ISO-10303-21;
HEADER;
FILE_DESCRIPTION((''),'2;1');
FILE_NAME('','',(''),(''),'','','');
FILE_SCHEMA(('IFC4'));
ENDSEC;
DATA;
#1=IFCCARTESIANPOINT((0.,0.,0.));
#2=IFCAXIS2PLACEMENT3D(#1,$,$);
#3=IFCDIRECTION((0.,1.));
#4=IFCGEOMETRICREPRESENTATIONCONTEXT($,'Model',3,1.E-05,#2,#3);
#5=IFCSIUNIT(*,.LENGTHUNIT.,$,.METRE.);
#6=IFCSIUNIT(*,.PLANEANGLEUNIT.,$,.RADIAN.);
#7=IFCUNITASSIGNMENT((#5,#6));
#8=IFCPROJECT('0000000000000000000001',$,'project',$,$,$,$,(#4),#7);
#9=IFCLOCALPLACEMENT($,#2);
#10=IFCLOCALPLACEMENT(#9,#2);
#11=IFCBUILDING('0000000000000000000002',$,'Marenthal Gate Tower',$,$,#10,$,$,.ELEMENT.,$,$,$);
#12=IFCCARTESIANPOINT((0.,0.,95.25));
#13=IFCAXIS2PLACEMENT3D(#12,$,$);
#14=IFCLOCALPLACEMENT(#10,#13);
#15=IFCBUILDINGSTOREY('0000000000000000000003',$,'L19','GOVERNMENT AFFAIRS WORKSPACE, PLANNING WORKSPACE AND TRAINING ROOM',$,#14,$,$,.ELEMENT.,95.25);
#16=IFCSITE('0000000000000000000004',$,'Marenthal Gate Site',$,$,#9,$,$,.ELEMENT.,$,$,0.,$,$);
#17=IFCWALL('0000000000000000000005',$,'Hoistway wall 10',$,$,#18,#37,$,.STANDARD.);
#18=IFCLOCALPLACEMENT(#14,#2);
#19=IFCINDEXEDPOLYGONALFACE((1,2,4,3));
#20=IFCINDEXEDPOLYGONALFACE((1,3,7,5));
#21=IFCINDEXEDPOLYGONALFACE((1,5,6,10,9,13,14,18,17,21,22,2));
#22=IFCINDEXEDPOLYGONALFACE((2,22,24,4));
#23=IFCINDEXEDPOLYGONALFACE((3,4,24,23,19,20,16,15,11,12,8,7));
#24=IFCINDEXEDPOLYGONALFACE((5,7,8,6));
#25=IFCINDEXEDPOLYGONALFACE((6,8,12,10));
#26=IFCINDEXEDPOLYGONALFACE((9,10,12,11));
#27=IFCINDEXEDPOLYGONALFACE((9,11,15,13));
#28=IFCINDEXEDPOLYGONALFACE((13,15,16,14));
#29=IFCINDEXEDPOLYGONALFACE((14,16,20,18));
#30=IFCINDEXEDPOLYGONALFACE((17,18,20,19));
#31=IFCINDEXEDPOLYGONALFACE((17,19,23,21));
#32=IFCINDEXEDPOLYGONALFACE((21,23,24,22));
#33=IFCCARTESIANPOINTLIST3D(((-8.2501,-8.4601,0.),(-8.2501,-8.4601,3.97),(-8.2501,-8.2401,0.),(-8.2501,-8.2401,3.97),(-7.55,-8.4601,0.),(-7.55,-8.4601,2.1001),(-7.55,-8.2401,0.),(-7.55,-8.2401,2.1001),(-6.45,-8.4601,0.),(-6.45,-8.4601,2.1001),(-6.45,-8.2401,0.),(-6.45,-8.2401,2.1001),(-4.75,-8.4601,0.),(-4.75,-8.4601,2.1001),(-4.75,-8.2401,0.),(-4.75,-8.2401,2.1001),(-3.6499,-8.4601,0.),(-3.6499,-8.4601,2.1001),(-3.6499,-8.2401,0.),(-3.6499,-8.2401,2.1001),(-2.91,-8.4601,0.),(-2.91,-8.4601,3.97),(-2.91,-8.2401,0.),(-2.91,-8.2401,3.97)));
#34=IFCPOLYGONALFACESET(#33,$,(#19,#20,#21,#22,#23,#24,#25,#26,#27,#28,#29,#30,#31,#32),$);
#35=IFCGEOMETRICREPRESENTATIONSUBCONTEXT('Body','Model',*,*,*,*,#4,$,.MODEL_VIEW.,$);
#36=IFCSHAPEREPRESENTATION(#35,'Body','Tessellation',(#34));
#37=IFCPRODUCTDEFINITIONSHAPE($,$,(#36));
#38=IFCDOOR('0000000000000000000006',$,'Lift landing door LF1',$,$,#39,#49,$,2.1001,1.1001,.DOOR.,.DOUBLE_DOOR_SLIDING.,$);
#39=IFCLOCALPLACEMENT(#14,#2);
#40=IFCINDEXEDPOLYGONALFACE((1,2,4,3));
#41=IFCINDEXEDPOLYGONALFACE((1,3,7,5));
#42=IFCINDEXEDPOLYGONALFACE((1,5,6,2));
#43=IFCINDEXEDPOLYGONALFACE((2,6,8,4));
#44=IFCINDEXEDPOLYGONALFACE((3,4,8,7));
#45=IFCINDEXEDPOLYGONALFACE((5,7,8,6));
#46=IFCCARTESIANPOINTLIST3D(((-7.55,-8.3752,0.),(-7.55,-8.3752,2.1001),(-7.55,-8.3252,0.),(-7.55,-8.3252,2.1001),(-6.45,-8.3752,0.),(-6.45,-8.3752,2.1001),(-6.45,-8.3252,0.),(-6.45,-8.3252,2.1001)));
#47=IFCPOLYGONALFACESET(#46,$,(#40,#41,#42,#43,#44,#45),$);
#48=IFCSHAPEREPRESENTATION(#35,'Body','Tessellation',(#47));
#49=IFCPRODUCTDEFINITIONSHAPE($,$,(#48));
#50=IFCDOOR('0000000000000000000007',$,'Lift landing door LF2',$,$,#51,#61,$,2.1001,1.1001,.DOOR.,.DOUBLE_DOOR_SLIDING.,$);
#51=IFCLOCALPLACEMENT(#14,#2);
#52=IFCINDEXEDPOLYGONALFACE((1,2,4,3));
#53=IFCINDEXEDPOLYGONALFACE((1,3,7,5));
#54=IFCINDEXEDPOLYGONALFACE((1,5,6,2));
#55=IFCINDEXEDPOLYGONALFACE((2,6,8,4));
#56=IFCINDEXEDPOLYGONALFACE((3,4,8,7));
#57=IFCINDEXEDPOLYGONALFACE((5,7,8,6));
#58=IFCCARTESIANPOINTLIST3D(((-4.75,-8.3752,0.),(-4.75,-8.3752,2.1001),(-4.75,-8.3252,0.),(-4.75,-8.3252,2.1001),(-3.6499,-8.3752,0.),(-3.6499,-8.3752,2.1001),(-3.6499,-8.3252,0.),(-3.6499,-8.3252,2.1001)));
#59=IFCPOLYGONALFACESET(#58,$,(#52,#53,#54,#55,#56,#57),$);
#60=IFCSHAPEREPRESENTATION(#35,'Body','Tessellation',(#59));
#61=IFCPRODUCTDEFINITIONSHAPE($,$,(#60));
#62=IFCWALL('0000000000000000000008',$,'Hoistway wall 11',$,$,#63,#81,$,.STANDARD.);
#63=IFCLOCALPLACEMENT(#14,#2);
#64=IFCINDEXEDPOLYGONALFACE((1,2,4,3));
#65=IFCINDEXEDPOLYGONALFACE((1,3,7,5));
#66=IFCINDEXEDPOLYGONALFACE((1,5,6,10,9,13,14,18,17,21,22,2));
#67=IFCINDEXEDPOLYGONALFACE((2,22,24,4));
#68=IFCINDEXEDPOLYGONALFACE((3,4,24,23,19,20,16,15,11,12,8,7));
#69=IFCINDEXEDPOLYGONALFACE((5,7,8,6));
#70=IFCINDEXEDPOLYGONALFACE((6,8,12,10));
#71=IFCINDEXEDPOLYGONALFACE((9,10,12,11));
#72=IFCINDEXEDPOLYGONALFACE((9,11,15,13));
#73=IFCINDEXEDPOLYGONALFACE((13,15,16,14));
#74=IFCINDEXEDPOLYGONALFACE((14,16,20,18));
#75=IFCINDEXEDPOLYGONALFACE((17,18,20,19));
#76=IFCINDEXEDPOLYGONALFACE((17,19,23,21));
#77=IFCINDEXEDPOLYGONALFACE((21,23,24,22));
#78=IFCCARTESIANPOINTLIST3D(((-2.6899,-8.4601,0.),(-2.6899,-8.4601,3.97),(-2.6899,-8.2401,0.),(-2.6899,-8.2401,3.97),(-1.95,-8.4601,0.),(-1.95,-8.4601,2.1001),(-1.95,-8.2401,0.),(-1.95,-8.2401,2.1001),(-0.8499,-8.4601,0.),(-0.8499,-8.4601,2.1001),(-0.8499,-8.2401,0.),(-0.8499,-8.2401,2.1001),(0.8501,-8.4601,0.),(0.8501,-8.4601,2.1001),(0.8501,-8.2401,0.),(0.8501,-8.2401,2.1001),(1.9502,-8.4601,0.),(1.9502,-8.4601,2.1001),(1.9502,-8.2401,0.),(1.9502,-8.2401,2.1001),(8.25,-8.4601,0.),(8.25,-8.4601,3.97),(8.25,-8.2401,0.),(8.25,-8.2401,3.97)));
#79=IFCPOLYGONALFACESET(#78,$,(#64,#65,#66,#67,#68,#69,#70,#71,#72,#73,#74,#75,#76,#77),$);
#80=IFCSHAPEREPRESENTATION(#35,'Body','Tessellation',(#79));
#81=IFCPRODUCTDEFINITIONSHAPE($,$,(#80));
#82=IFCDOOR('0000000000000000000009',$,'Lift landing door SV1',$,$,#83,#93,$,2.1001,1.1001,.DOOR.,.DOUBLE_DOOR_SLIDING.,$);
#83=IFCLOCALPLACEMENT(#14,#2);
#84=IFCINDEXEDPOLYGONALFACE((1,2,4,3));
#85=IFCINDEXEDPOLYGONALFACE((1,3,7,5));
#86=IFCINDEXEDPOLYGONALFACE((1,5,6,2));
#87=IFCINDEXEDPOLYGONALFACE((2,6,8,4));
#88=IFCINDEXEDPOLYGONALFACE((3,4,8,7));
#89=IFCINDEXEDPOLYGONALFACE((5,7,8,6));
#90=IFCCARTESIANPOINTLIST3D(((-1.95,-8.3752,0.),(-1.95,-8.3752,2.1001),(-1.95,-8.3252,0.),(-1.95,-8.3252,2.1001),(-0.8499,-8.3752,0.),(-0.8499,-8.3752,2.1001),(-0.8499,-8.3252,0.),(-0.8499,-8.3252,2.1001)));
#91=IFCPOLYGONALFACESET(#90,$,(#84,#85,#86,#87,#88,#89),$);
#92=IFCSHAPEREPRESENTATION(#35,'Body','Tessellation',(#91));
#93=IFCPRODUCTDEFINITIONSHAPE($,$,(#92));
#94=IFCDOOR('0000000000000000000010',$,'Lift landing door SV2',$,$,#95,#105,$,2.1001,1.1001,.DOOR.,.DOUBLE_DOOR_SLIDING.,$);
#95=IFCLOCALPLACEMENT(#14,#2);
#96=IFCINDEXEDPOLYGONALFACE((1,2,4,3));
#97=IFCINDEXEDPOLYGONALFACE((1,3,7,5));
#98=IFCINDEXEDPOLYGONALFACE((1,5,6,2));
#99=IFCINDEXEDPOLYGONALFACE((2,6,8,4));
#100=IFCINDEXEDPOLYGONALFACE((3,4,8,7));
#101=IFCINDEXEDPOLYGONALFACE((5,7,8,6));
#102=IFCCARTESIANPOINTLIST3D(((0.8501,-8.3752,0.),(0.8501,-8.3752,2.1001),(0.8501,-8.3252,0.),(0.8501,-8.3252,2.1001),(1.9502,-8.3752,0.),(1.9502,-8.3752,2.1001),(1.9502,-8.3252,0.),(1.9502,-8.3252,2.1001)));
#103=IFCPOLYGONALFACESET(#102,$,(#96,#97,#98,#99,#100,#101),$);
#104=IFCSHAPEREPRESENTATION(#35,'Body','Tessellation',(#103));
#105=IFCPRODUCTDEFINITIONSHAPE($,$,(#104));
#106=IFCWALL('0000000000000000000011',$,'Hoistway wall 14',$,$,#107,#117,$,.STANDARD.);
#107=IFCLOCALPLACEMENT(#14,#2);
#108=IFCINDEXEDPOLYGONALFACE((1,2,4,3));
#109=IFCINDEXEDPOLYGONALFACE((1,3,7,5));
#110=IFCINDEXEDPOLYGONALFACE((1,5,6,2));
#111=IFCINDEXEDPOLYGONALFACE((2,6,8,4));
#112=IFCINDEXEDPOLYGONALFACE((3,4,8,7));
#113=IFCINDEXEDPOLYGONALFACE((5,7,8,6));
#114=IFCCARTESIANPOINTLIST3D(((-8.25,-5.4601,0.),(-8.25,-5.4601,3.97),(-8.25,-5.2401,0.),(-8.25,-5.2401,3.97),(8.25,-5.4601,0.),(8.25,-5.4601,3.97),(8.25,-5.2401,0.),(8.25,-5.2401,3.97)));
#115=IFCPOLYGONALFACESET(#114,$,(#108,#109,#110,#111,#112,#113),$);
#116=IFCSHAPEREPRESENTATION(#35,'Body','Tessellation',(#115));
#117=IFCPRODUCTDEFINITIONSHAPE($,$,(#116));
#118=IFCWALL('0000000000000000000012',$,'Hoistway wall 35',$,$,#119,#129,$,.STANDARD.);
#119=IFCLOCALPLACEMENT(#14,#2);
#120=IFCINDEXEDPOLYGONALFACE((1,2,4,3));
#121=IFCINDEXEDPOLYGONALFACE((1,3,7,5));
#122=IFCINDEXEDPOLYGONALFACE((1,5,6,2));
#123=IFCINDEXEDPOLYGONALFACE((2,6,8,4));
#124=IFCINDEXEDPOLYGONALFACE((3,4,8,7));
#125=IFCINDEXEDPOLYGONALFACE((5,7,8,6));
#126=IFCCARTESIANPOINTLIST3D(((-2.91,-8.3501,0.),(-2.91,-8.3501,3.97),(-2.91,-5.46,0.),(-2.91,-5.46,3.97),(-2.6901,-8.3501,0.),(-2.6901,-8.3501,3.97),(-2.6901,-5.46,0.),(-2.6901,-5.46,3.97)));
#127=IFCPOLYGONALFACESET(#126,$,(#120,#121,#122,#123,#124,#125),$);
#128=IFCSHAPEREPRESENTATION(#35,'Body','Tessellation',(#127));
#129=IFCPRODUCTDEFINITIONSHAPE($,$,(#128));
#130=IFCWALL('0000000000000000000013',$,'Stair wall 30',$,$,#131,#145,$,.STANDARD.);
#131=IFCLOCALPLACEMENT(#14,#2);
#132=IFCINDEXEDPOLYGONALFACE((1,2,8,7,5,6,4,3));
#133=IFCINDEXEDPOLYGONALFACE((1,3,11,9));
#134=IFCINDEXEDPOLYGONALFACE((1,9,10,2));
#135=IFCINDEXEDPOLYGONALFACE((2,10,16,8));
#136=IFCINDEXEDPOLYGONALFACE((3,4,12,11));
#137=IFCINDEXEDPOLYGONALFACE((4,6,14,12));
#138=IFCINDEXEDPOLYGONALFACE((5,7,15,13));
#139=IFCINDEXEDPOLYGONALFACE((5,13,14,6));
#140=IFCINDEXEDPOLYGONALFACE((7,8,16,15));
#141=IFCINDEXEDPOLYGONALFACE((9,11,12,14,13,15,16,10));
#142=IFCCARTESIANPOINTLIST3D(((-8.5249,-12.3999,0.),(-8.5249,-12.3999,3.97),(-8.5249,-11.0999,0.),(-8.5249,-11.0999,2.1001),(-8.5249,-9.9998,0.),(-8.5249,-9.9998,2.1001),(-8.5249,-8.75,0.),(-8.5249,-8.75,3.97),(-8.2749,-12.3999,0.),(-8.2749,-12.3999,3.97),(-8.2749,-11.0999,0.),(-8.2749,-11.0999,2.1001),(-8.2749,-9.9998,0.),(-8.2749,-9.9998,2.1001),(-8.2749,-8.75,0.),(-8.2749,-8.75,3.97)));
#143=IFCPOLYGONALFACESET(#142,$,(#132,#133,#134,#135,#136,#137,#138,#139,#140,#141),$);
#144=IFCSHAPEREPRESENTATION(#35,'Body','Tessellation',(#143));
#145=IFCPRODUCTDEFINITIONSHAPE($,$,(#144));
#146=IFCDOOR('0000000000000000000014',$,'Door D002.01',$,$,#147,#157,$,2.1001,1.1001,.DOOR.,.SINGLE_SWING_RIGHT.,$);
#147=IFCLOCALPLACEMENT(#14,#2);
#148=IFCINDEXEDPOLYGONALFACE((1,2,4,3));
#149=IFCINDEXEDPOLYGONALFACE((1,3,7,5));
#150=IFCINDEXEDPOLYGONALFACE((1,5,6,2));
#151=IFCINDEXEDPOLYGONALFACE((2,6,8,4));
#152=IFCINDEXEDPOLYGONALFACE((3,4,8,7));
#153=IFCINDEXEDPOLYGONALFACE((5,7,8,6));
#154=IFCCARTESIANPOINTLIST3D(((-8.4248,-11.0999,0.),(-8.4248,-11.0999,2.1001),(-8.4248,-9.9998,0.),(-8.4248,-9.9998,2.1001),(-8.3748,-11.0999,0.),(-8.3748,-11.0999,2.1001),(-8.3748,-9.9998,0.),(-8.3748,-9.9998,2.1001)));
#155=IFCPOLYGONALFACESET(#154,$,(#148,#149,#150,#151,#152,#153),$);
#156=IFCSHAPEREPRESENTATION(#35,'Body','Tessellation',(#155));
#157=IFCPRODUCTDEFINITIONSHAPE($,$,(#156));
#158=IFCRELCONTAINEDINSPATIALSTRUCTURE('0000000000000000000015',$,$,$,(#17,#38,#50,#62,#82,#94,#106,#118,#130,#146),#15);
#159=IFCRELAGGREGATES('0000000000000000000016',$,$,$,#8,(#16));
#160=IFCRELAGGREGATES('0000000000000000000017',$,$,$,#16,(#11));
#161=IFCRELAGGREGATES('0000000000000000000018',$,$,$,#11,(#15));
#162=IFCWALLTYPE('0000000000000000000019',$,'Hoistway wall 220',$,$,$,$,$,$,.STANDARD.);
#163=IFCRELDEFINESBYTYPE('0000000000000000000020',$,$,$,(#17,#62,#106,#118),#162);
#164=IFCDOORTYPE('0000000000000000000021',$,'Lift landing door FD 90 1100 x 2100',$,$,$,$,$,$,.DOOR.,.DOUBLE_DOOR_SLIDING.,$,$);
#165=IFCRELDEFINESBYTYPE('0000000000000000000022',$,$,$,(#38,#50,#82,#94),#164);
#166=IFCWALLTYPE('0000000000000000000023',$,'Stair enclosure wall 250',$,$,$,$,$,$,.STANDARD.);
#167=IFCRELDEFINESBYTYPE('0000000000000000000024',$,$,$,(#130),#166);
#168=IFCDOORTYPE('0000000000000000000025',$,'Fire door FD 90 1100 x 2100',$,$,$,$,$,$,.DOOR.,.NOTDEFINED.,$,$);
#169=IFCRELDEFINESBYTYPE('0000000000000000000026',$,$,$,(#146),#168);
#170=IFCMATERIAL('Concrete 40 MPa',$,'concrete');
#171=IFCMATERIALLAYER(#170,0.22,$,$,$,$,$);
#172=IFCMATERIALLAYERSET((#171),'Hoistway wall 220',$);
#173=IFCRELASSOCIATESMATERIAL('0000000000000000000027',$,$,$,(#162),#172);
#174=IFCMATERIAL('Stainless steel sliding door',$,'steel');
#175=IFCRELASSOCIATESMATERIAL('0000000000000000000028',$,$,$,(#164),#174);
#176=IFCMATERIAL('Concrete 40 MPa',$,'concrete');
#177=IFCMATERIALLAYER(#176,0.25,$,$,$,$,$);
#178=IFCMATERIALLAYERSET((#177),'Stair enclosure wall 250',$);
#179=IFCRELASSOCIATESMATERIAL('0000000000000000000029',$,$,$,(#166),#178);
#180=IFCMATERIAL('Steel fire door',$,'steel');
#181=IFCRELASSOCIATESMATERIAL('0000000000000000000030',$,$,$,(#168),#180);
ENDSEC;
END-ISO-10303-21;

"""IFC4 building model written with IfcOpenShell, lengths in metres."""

from ifc_helpers import new_model, si_unit, direction, frame, frame_2d, origin, place, context, subcontext, project, spatial, rectangle, extrude, material, layer, layer_set, type_object, element, fill, save


model = new_model("IFC4")

# Units and contexts
model_context = context("Model", 3, precision=1e-05, world=origin(), true_north=direction((0.0, 1.0)))
body_context = subcontext(model_context, "Body", "Model", "MODEL_VIEW")
ifc_project = project(units=[si_unit("LENGTHUNIT", "METRE"), si_unit("PLANEANGLEUNIT", "RADIAN")], contexts=[model_context])

# Site, building, storey
site_placement = place(None, origin())
site = spatial("IfcSite", under=ifc_project, at=site_placement, Name="Marenthal Gate Site", CompositionType="ELEMENT", RefElevation=0.0)
building_placement = place(site_placement, origin())
building = spatial("IfcBuilding", under=site, at=building_placement, Name="Marenthal Gate Tower", CompositionType="ELEMENT")
storey_placement = place(building_placement, frame((0.0, 0.0, 95.25)))
storey = spatial("IfcBuildingStorey", under=building, at=storey_placement, Name="L19", Description="GOVERNMENT AFFAIRS WORKSPACE, PLANNING WORKSPACE AND TRAINING ROOM", CompositionType="ELEMENT", Elevation=95.25)

# Walls, openings, doors
ifc_material_1 = material(Name="Concrete 40 MPa", Category="concrete")
ifc_layer_1 = layer(ifc_material_1, 0.22)
ifc_layer_set_1 = layer_set([ifc_layer_1], Name="Hoistway wall 220")
wall_type_1 = type_object("IfcWallType", Name="Hoistway wall 220", PredefinedType="STANDARD", material=ifc_layer_set_1)
wall_1_placement = place(storey_placement, frame((-8.25, -8.3501, 0.0), z_axis=(0.0, 0.0, 1.0), x_axis=(1.0, 0.0, 0.0)))
wall_1 = element("IfcWall", 1, at=wall_1_placement, inside=storey, type_object=wall_type_1, Name="Hoistway wall 10", PredefinedType="STANDARD", context=body_context, shape_type="SweptSolid", body=[
    extrude(rectangle(XDim=5.3401, YDim=0.22, at=frame_2d((2.6699, 0.0))), origin(), (0.0, 0.0, 1.0), 3.97),
])
opening_1_placement = place(wall_1_placement, frame((0.7, 0.0, 0.0)))
opening_1 = element("IfcOpeningElement", 2, at=opening_1_placement, cuts=wall_1, PredefinedType="OPENING", context=body_context, shape_type="SweptSolid", body=[
    extrude(rectangle(XDim=1.1001, YDim=2.1001, at=frame_2d((0.55, 1.05))), frame((0.0, 0.1201, 0.0), z_axis=(0.0, -1.0, 0.0), x_axis=(1.0, 0.0, 0.0)), (0.0, 0.0, 1.0), 0.24),
])
opening_2_placement = place(wall_1_placement, frame((3.5, 0.0, 0.0)))
opening_2 = element("IfcOpeningElement", 3, at=opening_2_placement, cuts=wall_1, PredefinedType="OPENING", context=body_context, shape_type="SweptSolid", body=[
    extrude(rectangle(XDim=1.1001, YDim=2.1001, at=frame_2d((0.55, 1.05))), frame((0.0, 0.1201, 0.0), z_axis=(0.0, -1.0, 0.0), x_axis=(1.0, 0.0, 0.0)), (0.0, 0.0, 1.0), 0.24),
])
ifc_material_2 = material(Name="Stainless steel sliding door", Category="steel")
door_type_1 = type_object("IfcDoorType", Name="Lift landing door FD 90 1100 x 2100", OperationType="DOUBLE_DOOR_SLIDING", PredefinedType="DOOR", material=ifc_material_2)
door_1_placement = place(opening_1_placement, origin())
door_1 = element("IfcDoor", 4, at=door_1_placement, inside=storey, type_object=door_type_1, Name="Lift landing door LF1", OperationType="DOUBLE_DOOR_SLIDING", OverallHeight=2.1001, OverallWidth=1.1001, PredefinedType="DOOR", context=body_context, shape_type="SweptSolid", body=[
    extrude(rectangle(XDim=1.1001, YDim=2.1001, at=frame_2d((0.55, 1.05))), frame((0.0, 0.0249, 0.0), z_axis=(0.0, -1.0, 0.0), x_axis=(1.0, 0.0, 0.0)), (0.0, 0.0, 1.0), 0.05),
])
fill(opening_1, door_1)
door_2_placement = place(opening_2_placement, origin())
door_2 = element("IfcDoor", 5, at=door_2_placement, inside=storey, type_object=door_type_1, Name="Lift landing door LF2", OperationType="DOUBLE_DOOR_SLIDING", OverallHeight=2.1001, OverallWidth=1.1001, PredefinedType="DOOR", context=body_context, shape_type="SweptSolid", body=[
    extrude(rectangle(XDim=1.1001, YDim=2.1001, at=frame_2d((0.55, 1.05))), frame((0.0, 0.0249, 0.0), z_axis=(0.0, -1.0, 0.0), x_axis=(1.0, 0.0, 0.0)), (0.0, 0.0, 1.0), 0.05),
])
fill(opening_2, door_2)
wall_2_placement = place(storey_placement, frame((-2.6899, -8.3501, 0.0), z_axis=(0.0, 0.0, 1.0), x_axis=(1.0, 0.0, 0.0)))
wall_2 = element("IfcWall", 6, at=wall_2_placement, inside=storey, type_object=wall_type_1, Name="Hoistway wall 11", PredefinedType="STANDARD", context=body_context, shape_type="SweptSolid", body=[
    extrude(rectangle(XDim=10.9399, YDim=0.22, at=frame_2d((5.47, 0.0))), origin(), (0.0, 0.0, 1.0), 3.97),
])
opening_3_placement = place(wall_2_placement, frame((0.74, 0.0, 0.0)))
opening_3 = element("IfcOpeningElement", 7, at=opening_3_placement, cuts=wall_2, PredefinedType="OPENING", context=body_context, shape_type="SweptSolid", body=[
    extrude(rectangle(XDim=1.1001, YDim=2.1001, at=frame_2d((0.55, 1.05))), frame((0.0, 0.1201, 0.0), z_axis=(0.0, -1.0, 0.0), x_axis=(1.0, 0.0, 0.0)), (0.0, 0.0, 1.0), 0.24),
])
opening_4_placement = place(wall_2_placement, frame((3.54, 0.0, 0.0)))
opening_4 = element("IfcOpeningElement", 8, at=opening_4_placement, cuts=wall_2, PredefinedType="OPENING", context=body_context, shape_type="SweptSolid", body=[
    extrude(rectangle(XDim=1.1001, YDim=2.1001, at=frame_2d((0.55, 1.05))), frame((0.0, 0.1201, 0.0), z_axis=(0.0, -1.0, 0.0), x_axis=(1.0, 0.0, 0.0)), (0.0, 0.0, 1.0), 0.24),
])
door_3_placement = place(opening_3_placement, origin())
door_3 = element("IfcDoor", 9, at=door_3_placement, inside=storey, type_object=door_type_1, Name="Lift landing door SV1", OperationType="DOUBLE_DOOR_SLIDING", OverallHeight=2.1001, OverallWidth=1.1001, PredefinedType="DOOR", context=body_context, shape_type="SweptSolid", body=[
    extrude(rectangle(XDim=1.1001, YDim=2.1001, at=frame_2d((0.55, 1.05))), frame((0.0, 0.0249, 0.0), z_axis=(0.0, -1.0, 0.0), x_axis=(1.0, 0.0, 0.0)), (0.0, 0.0, 1.0), 0.05),
])
fill(opening_3, door_3)
door_4_placement = place(opening_4_placement, origin())
door_4 = element("IfcDoor", 10, at=door_4_placement, inside=storey, type_object=door_type_1, Name="Lift landing door SV2", OperationType="DOUBLE_DOOR_SLIDING", OverallHeight=2.1001, OverallWidth=1.1001, PredefinedType="DOOR", context=body_context, shape_type="SweptSolid", body=[
    extrude(rectangle(XDim=1.1001, YDim=2.1001, at=frame_2d((0.55, 1.05))), frame((0.0, 0.0249, 0.0), z_axis=(0.0, -1.0, 0.0), x_axis=(1.0, 0.0, 0.0)), (0.0, 0.0, 1.0), 0.05),
])
fill(opening_4, door_4)

# Walls
wall_3_placement = place(storey_placement, frame((-8.25, -5.3501, 0.0), z_axis=(0.0, 0.0, 1.0), x_axis=(1.0, 0.0, 0.0)))
element("IfcWall", 11, at=wall_3_placement, inside=storey, type_object=wall_type_1, Name="Hoistway wall 14", PredefinedType="STANDARD", context=body_context, shape_type="SweptSolid", body=[
    extrude(rectangle(XDim=16.5, YDim=0.22, at=frame_2d((8.25, 0.0))), origin(), (0.0, 0.0, 1.0), 3.97),
])
wall_4_placement = place(storey_placement, frame((-2.8, -8.3501, 0.0), z_axis=(0.0, 0.0, 1.0), x_axis=(0.0, 1.0, 0.0)))
element("IfcWall", 12, at=wall_4_placement, inside=storey, type_object=wall_type_1, Name="Hoistway wall 35", PredefinedType="STANDARD", context=body_context, shape_type="SweptSolid", body=[
    extrude(rectangle(XDim=2.8901, YDim=0.22, at=frame_2d((1.4451, 0.0))), origin(), (0.0, 0.0, 1.0), 3.97),
])

# Wall, opening, door
ifc_material_3 = material(Name="Concrete 40 MPa", Category="concrete")
ifc_layer_2 = layer(ifc_material_3, 0.25)
ifc_layer_set_2 = layer_set([ifc_layer_2], Name="Stair enclosure wall 250")
wall_type_2 = type_object("IfcWallType", Name="Stair enclosure wall 250", PredefinedType="STANDARD", material=ifc_layer_set_2)
wall_5_placement = place(storey_placement, frame((-8.3999, -12.3999, 0.0), z_axis=(0.0, 0.0, 1.0), x_axis=(0.0, 1.0, 0.0)))
wall_5 = element("IfcWall", 13, at=wall_5_placement, inside=storey, type_object=wall_type_2, Name="Stair wall 30", PredefinedType="STANDARD", context=body_context, shape_type="SweptSolid", body=[
    extrude(rectangle(XDim=3.6499, YDim=0.25, at=frame_2d((1.825, 0.0))), origin(), (0.0, 0.0, 1.0), 3.97),
])
opening_5_placement = place(wall_5_placement, frame((1.3, 0.0, 0.0)))
opening_5 = element("IfcOpeningElement", 14, at=opening_5_placement, cuts=wall_5, PredefinedType="OPENING", context=body_context, shape_type="SweptSolid", body=[
    extrude(rectangle(XDim=1.1001, YDim=2.1001, at=frame_2d((0.55, 1.05))), frame((0.0, 0.135, 0.0), z_axis=(0.0, -1.0, 0.0), x_axis=(1.0, 0.0, 0.0)), (0.0, 0.0, 1.0), 0.27),
])
ifc_material_4 = material(Name="Steel fire door", Category="steel")
door_type_2 = type_object("IfcDoorType", Name="Fire door FD 90 1100 x 2100", OperationType="NOTDEFINED", PredefinedType="DOOR", material=ifc_material_4)
door_5_placement = place(opening_5_placement, origin())
door_5 = element("IfcDoor", 15, at=door_5_placement, inside=storey, type_object=door_type_2, Name="Door D002.01", OperationType="SINGLE_SWING_RIGHT", OverallHeight=2.1001, OverallWidth=1.1001, PredefinedType="DOOR", context=body_context, shape_type="SweptSolid", body=[
    extrude(rectangle(XDim=1.1001, YDim=2.1001, at=frame_2d((0.55, 1.05))), frame((0.0, 0.0249, 0.0), z_axis=(0.0, -1.0, 0.0), x_axis=(1.0, 0.0, 0.0)), (0.0, 0.0, 1.0), 0.05),
])
fill(opening_5, door_5)

save(model, "model.ifc")
